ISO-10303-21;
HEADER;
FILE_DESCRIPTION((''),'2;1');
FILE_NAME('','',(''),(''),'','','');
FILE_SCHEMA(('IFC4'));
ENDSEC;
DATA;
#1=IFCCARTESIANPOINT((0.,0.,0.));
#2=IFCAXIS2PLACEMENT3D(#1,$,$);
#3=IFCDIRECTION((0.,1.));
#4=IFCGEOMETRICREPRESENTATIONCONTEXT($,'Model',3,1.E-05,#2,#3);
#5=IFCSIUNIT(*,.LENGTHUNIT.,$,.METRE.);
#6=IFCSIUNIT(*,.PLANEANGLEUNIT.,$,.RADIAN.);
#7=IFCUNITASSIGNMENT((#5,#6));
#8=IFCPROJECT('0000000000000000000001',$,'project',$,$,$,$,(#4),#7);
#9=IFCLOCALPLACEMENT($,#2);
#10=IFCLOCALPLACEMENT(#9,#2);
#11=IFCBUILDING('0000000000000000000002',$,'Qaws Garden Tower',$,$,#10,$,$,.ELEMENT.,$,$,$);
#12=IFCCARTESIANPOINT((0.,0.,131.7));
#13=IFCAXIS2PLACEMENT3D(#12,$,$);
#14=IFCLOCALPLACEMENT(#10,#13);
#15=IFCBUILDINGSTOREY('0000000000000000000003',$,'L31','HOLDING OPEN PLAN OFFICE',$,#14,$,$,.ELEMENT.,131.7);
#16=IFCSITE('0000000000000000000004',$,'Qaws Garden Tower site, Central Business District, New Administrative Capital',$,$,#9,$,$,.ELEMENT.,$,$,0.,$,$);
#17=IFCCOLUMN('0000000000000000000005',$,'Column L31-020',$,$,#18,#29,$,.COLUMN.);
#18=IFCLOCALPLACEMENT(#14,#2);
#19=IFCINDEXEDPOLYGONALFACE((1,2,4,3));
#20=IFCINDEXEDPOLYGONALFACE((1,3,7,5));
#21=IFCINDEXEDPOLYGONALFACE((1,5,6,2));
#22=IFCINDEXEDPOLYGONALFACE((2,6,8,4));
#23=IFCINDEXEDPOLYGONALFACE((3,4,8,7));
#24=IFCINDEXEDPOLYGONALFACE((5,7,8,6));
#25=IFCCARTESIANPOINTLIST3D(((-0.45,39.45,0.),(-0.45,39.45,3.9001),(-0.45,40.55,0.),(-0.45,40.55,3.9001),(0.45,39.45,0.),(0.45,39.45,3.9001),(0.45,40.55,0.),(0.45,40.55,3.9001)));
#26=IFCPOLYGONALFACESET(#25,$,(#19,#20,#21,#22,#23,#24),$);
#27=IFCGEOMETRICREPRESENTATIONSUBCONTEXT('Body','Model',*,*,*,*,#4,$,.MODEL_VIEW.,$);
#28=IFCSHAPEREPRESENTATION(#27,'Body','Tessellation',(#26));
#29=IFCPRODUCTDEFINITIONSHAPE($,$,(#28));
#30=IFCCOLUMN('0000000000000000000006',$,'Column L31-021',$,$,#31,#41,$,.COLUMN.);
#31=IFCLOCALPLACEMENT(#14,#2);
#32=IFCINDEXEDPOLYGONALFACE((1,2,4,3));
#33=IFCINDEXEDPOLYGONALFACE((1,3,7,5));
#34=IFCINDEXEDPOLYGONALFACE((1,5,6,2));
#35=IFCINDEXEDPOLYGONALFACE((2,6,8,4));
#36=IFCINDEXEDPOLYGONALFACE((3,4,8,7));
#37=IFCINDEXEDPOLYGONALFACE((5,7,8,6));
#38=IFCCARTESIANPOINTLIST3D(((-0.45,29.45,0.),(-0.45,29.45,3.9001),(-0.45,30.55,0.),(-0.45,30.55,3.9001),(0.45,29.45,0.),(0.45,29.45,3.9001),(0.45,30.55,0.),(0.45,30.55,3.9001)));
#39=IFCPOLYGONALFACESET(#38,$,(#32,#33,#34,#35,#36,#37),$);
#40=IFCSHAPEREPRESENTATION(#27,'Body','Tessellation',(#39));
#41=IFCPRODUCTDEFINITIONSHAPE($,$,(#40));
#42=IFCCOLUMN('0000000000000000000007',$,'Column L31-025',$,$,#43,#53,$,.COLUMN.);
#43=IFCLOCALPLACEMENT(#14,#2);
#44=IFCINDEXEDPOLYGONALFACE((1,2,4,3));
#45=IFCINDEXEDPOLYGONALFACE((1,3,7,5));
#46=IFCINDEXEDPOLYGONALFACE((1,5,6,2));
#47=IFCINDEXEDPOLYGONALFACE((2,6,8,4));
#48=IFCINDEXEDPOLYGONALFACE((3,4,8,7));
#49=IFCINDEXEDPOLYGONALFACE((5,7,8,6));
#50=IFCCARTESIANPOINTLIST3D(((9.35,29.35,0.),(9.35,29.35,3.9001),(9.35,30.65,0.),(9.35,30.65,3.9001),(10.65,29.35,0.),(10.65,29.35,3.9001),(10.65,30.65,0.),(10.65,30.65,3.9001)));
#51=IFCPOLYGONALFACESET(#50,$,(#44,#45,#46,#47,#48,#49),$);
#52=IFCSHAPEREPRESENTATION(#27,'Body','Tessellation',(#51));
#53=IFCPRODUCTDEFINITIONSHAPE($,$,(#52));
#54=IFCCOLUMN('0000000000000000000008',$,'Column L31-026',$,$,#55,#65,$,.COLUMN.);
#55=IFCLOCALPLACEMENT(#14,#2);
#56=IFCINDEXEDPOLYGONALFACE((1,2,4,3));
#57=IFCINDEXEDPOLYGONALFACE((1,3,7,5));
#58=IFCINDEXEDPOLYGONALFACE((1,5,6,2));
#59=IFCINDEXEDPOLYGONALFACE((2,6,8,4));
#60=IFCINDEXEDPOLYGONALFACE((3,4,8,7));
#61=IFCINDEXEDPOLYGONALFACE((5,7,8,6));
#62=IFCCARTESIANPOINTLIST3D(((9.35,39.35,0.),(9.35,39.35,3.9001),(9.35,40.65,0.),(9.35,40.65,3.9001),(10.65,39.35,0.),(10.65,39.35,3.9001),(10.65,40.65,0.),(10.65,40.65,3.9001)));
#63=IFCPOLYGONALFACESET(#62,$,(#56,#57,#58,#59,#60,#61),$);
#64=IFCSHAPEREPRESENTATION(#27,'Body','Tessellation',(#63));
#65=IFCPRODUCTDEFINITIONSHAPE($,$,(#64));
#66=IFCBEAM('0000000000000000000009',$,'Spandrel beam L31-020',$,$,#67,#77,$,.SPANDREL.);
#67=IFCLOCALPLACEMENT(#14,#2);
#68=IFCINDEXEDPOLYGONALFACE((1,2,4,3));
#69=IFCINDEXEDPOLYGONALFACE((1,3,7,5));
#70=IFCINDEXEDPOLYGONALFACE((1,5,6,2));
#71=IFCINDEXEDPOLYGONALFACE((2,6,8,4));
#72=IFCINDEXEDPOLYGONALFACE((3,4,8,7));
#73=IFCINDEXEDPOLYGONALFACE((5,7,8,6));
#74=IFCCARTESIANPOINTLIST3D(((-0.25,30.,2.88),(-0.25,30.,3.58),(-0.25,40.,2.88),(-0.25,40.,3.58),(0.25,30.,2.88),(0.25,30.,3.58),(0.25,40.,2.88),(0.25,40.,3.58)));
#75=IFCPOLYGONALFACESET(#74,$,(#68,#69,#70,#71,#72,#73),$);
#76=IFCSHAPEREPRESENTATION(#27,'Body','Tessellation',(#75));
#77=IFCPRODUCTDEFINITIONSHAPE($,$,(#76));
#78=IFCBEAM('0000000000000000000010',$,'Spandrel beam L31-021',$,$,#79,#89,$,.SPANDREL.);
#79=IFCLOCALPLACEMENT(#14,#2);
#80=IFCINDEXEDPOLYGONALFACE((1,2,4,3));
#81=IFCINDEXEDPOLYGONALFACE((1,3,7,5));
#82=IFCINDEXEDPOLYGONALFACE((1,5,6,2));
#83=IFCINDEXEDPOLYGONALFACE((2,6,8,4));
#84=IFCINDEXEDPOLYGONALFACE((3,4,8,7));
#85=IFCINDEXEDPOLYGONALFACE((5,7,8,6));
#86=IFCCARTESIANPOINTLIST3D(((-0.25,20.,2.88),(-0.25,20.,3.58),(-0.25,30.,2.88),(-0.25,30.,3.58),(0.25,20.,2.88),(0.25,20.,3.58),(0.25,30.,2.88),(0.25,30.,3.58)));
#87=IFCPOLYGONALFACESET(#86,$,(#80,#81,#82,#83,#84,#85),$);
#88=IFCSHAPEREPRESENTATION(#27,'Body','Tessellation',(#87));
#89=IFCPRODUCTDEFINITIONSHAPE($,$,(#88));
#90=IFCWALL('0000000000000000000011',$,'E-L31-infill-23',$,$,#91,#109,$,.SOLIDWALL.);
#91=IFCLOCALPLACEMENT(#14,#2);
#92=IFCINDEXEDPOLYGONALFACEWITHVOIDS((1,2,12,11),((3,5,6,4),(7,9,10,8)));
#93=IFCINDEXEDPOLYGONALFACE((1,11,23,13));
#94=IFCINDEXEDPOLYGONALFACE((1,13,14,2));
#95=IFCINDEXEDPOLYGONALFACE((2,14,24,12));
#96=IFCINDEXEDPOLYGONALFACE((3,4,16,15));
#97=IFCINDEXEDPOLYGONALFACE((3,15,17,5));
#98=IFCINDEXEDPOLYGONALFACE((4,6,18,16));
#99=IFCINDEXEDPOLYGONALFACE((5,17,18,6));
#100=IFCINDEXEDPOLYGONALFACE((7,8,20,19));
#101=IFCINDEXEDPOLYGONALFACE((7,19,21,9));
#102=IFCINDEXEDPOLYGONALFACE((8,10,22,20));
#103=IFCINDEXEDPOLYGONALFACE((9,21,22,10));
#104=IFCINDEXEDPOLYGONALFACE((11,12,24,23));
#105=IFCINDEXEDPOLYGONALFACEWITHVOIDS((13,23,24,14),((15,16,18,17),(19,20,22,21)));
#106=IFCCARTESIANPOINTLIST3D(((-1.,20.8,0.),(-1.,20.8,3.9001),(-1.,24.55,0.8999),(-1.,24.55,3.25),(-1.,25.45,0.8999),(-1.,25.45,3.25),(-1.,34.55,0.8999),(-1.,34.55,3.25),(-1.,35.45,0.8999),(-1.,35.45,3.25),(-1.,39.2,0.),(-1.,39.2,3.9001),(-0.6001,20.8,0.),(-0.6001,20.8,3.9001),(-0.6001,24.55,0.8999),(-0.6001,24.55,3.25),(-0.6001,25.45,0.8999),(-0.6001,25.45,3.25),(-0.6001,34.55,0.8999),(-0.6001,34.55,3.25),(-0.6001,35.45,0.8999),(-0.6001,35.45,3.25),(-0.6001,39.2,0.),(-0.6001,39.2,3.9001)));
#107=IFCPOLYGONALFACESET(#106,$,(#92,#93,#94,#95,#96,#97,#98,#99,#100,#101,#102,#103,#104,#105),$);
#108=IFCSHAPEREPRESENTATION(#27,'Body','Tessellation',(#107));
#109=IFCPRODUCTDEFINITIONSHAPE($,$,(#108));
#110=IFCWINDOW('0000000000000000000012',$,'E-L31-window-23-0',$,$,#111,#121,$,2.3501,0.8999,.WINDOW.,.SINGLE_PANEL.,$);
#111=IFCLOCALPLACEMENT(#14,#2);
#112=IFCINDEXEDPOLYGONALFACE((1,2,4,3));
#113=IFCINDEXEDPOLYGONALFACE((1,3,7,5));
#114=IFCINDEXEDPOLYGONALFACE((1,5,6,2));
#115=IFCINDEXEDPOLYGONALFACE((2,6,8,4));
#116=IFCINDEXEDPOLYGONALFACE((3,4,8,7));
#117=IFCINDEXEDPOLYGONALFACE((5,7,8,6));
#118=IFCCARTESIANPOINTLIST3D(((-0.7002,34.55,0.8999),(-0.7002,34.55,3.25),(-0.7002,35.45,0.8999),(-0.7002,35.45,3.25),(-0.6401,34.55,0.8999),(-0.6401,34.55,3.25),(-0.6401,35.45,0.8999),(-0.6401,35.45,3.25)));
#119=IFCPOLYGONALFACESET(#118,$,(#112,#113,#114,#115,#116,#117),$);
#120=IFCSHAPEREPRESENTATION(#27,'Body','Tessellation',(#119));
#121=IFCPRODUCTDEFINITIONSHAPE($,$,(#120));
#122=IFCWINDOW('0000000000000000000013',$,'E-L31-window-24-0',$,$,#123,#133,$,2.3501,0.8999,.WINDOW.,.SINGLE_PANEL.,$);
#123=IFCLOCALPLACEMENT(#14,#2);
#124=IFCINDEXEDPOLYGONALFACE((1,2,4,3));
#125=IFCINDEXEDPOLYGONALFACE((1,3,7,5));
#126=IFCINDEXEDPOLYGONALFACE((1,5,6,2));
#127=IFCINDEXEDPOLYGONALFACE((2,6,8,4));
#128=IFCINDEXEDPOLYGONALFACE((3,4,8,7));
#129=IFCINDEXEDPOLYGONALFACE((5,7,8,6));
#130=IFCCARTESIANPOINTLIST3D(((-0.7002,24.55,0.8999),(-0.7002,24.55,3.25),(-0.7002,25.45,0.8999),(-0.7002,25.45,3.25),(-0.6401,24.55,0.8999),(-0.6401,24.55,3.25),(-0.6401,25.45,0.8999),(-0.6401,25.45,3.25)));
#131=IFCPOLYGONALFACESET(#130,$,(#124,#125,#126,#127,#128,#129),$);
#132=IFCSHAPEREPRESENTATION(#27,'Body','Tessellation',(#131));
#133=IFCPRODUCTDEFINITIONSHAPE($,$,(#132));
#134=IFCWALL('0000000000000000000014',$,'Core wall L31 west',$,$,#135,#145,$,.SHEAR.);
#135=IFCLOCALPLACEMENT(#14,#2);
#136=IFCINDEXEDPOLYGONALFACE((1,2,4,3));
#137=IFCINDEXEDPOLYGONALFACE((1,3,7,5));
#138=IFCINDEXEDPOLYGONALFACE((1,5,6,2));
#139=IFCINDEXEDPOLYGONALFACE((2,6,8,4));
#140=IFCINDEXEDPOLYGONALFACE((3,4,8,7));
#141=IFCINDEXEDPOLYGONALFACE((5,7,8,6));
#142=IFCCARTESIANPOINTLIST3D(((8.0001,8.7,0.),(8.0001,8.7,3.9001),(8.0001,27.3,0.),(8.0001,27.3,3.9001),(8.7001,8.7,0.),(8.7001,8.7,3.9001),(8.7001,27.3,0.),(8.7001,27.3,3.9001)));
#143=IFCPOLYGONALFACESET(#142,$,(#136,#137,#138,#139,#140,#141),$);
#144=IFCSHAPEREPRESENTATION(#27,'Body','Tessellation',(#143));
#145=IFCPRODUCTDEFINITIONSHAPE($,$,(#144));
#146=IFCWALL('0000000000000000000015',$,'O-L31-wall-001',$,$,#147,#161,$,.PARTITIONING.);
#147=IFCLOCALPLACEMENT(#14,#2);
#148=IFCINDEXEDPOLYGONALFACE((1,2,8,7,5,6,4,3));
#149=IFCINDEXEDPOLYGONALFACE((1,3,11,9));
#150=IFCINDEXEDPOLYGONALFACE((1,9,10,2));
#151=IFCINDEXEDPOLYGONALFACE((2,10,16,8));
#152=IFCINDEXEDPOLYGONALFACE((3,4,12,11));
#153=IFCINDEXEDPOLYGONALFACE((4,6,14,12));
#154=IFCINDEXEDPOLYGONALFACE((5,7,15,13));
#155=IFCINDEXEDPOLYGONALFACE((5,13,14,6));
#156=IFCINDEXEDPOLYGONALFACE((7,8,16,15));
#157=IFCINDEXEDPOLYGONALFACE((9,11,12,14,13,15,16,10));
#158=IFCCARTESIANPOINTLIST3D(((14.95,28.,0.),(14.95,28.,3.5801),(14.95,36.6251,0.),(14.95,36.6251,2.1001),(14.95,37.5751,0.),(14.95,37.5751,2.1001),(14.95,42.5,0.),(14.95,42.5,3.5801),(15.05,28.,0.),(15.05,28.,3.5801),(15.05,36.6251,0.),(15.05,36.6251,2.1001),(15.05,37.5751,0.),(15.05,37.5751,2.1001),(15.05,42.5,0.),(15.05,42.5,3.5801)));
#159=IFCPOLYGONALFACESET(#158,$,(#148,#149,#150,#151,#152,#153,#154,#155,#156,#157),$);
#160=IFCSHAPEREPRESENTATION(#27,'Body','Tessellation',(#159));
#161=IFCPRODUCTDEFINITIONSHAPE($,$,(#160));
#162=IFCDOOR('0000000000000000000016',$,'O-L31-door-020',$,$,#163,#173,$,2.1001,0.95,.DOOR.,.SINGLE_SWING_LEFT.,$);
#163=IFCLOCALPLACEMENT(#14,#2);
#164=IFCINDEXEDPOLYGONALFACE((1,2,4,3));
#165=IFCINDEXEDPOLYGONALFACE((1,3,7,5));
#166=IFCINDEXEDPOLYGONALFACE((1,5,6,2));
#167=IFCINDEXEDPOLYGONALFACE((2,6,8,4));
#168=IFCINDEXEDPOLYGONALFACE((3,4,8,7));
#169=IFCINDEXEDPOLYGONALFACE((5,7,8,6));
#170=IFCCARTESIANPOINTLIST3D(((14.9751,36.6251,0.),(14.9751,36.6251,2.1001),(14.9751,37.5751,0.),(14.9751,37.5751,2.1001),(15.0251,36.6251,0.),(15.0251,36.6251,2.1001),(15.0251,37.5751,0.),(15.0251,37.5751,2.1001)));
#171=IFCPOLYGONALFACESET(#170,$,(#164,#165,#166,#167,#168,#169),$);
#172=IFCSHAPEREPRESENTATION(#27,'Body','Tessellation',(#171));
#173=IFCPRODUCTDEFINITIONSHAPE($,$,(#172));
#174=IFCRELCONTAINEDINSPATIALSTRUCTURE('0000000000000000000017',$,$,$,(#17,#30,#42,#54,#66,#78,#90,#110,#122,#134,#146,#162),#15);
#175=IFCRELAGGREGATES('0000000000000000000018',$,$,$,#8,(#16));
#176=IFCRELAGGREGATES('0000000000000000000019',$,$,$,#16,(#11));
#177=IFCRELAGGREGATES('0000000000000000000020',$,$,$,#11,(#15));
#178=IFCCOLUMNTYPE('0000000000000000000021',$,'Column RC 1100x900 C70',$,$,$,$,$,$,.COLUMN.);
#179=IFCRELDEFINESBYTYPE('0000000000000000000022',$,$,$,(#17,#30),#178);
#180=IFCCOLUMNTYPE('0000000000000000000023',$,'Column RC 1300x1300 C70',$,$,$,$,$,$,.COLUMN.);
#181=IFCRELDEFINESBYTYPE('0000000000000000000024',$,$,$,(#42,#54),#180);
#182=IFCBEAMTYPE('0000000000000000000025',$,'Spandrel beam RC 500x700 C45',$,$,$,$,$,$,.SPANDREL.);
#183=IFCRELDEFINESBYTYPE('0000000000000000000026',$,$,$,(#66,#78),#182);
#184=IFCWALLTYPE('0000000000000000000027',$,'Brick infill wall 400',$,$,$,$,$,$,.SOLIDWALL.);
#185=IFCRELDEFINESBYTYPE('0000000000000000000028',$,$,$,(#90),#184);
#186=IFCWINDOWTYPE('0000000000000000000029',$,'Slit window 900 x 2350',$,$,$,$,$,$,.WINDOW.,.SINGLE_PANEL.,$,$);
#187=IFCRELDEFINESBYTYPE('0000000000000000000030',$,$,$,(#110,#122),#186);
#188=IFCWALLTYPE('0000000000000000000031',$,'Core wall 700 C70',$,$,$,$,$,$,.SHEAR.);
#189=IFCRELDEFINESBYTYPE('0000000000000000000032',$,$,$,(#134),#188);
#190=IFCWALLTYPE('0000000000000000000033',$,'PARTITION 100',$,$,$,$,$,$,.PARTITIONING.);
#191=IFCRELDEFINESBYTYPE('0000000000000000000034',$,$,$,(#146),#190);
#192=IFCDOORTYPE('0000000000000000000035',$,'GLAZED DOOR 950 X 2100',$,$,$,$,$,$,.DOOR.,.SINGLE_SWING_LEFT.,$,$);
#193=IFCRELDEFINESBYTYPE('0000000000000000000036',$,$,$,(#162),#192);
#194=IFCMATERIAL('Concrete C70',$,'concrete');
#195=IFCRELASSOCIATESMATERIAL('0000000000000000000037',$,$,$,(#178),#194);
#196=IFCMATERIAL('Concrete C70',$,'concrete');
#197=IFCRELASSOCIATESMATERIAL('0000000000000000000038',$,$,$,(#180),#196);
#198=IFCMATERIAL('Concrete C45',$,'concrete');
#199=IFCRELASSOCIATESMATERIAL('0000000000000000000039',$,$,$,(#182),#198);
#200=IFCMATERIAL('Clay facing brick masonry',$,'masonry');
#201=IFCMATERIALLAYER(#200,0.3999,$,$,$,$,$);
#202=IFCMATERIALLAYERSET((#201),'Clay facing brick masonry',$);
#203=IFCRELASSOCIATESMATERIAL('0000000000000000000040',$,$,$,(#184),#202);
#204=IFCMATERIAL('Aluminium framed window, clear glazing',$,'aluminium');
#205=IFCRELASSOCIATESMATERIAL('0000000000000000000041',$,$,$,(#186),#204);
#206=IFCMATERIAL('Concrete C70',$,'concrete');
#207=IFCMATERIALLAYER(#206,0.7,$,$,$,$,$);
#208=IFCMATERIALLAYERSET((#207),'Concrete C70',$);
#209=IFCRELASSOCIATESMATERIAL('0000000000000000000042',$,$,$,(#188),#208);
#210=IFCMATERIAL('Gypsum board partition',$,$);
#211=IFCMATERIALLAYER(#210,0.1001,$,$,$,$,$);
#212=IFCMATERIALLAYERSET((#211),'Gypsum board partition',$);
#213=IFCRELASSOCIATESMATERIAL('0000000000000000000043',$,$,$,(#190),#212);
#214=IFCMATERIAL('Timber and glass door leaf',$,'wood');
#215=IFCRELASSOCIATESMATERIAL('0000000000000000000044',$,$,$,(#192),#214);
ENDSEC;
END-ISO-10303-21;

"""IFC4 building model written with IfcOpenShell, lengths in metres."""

from ifc_helpers import new_model, si_unit, direction, frame, frame_2d, origin, origin_2d, place, context, subcontext, project, spatial, rectangle, extrude, material, layer, layer_set, material_profile, profile_set, type_object, element, fill, save


model = new_model("IFC4")

# Units and contexts
model_context = context("Model", 3, precision=1e-05, world=origin(), true_north=direction((0.0, 1.0)))
body_context = subcontext(model_context, "Body", "Model", "MODEL_VIEW")
ifc_project = project(units=[si_unit("LENGTHUNIT", "METRE"), si_unit("PLANEANGLEUNIT", "RADIAN")], contexts=[model_context])

# Site, building, storey
site_placement = place(None, origin())
site = spatial("IfcSite", under=ifc_project, at=site_placement, Name="Qaws Garden Tower site, Central Business District, New Administrative Capital", CompositionType="ELEMENT", RefElevation=0.0)
building_placement = place(site_placement, origin())
building = spatial("IfcBuilding", under=site, at=building_placement, Name="Qaws Garden Tower", CompositionType="ELEMENT")
storey_placement = place(building_placement, frame((0.0, 0.0, 131.7)))
storey = spatial("IfcBuildingStorey", under=building, at=storey_placement, Name="L31", Description="HOLDING OPEN PLAN OFFICE", CompositionType="ELEMENT", Elevation=131.7)

# Columns
ifc_material_1 = material(Name="Concrete C70", Category="concrete")
ifc_material_profile_1 = material_profile(ifc_material_1, rectangle(XDim=1.1001, YDim=0.8999, at=origin_2d()), Name="RC 1100x900")
ifc_profile_set_1 = profile_set([ifc_material_profile_1], Name="Concrete C70")
column_type_1 = type_object("IfcColumnType", Name="Column RC 1100x900 C70", PredefinedType="COLUMN", material=ifc_profile_set_1)
for number, where, z_axis, x_axis, name in (
    (1, (0.0, 40.0, 0.0), (0.0, 0.0, 1.0), (0.0, 1.0, 0.0), "Column L31-020"),
    (2, (0.0, 30.0, 0.0), (0.0, 0.0, 1.0), (0.0, 1.0, 0.0), "Column L31-021"),
):
    element("IfcColumn", number, at=place(storey_placement, frame(where, z_axis=z_axis, x_axis=x_axis)), inside=storey, type_object=column_type_1, Name=name, PredefinedType="COLUMN", context=body_context, shape_type="SweptSolid", body=[
        extrude(rectangle(XDim=1.1001, YDim=0.8999, at=origin_2d()), origin(), (0.0, 0.0, 1.0), 3.9001),
    ])
ifc_material_2 = material(Name="Concrete C70", Category="concrete")
ifc_material_profile_2 = material_profile(ifc_material_2, rectangle(XDim=1.3, YDim=1.3, at=origin_2d()), Name="RC 1300x1300")
ifc_profile_set_2 = profile_set([ifc_material_profile_2], Name="Concrete C70")
column_type_2 = type_object("IfcColumnType", Name="Column RC 1300x1300 C70", PredefinedType="COLUMN", material=ifc_profile_set_2)
for number, where, z_axis, x_axis, name in (
    (3, (10.0, 30.0, 0.0), (0.0, 0.0, 1.0), (1.0, 0.0, 0.0), "Column L31-025"),
    (4, (10.0, 40.0, 0.0), (0.0, 0.0, 1.0), (1.0, 0.0, 0.0), "Column L31-026"),
):
    element("IfcColumn", number, at=place(storey_placement, frame(where, z_axis=z_axis, x_axis=x_axis)), inside=storey, type_object=column_type_2, Name=name, PredefinedType="COLUMN", context=body_context, shape_type="SweptSolid", body=[
        extrude(rectangle(XDim=1.3, YDim=1.3, at=origin_2d()), origin(), (0.0, 0.0, 1.0), 3.9001),
    ])

# Beams
ifc_material_3 = material(Name="Concrete C45", Category="concrete")
ifc_material_profile_3 = material_profile(ifc_material_3, rectangle(XDim=0.5, YDim=0.7, at=origin_2d()), Name="RC 500x700")
ifc_profile_set_3 = profile_set([ifc_material_profile_3], Name="Concrete C45")
beam_type = type_object("IfcBeamType", Name="Spandrel beam RC 500x700 C45", PredefinedType="SPANDREL", material=ifc_profile_set_3)
for number, where, z_axis, x_axis, name in (
    (5, (0.0, 40.0, 3.23), (0.0, -1.0, 0.0), (1.0, 0.0, 0.0), "Spandrel beam L31-020"),
    (6, (0.0, 30.0, 3.23), (0.0, -1.0, 0.0), (1.0, 0.0, 0.0), "Spandrel beam L31-021"),
):
    element("IfcBeam", number, at=place(storey_placement, frame(where, z_axis=z_axis, x_axis=x_axis)), inside=storey, type_object=beam_type, Name=name, PredefinedType="SPANDREL", context=body_context, shape_type="SweptSolid", body=[
        extrude(rectangle(XDim=0.5, YDim=0.7, at=origin_2d()), origin(), (0.0, 0.0, 1.0), 10.0),
    ])

# Wall, openings, windows
ifc_material_4 = material(Name="Clay facing brick masonry", Category="masonry")
ifc_layer_1 = layer(ifc_material_4, 0.3999)
ifc_layer_set_1 = layer_set([ifc_layer_1], Name="Clay facing brick masonry")
wall_type_1 = type_object("IfcWallType", Name="Brick infill wall 400", PredefinedType="SOLIDWALL", material=ifc_layer_set_1)
wall_1_placement = place(storey_placement, frame((-0.8, 39.2, 0.0), z_axis=(0.0, 0.0, 1.0), x_axis=(0.0, -1.0, 0.0)))
wall_1 = element("IfcWall", 7, at=wall_1_placement, inside=storey, type_object=wall_type_1, Name="E-L31-infill-23", PredefinedType="SOLIDWALL", context=body_context, shape_type="SweptSolid", body=[
    extrude(rectangle(XDim=18.3999, YDim=0.3999, at=frame_2d((9.2, 0.0))), origin(), (0.0, 0.0, 1.0), 3.9001),
])
opening_1_placement = place(wall_1_placement, frame((3.75, 0.0, 0.8999)))
opening_1 = element("IfcOpeningElement", 8, at=opening_1_placement, cuts=wall_1, PredefinedType="OPENING", context=body_context, shape_type="SweptSolid", body=[
    extrude(rectangle(XDim=0.8999, YDim=2.3501, at=frame_2d((0.45, 1.175))), frame((0.0, 0.21, 0.0), z_axis=(0.0, -1.0, 0.0), x_axis=(1.0, 0.0, 0.0)), (0.0, 0.0, 1.0), 0.4199),
])
opening_2_placement = place(wall_1_placement, frame((13.75, 0.0, 0.8999)))
opening_2 = element("IfcOpeningElement", 9, at=opening_2_placement, cuts=wall_1, PredefinedType="OPENING", context=body_context, shape_type="SweptSolid", body=[
    extrude(rectangle(XDim=0.8999, YDim=2.3501, at=frame_2d((0.45, 1.175))), frame((0.0, 0.21, 0.0), z_axis=(0.0, -1.0, 0.0), x_axis=(1.0, 0.0, 0.0)), (0.0, 0.0, 1.0), 0.4199),
])
ifc_material_5 = material(Name="Aluminium framed window, clear glazing", Category="aluminium")
window_type = type_object("IfcWindowType", Name="Slit window 900 x 2350", PartitioningType="SINGLE_PANEL", PredefinedType="WINDOW", material=ifc_material_5)
window_1_placement = place(opening_1_placement, origin())
window_1 = element("IfcWindow", 10, at=window_1_placement, inside=storey, type_object=window_type, Name="E-L31-window-23-0", OverallHeight=2.3501, OverallWidth=0.8999, PartitioningType="SINGLE_PANEL", PredefinedType="WINDOW", context=body_context, shape_type="SweptSolid", body=[
    extrude(rectangle(XDim=0.8999, YDim=2.3501, at=frame_2d((0.45, 1.175))), frame((0.0, 0.1599, 0.0), z_axis=(0.0, -1.0, 0.0), x_axis=(1.0, 0.0, 0.0)), (0.0, 0.0, 1.0), 0.0601),
])
fill(opening_1, window_1)
window_2_placement = place(opening_2_placement, origin())
window_2 = element("IfcWindow", 11, at=window_2_placement, inside=storey, type_object=window_type, Name="E-L31-window-24-0", OverallHeight=2.3501, OverallWidth=0.8999, PartitioningType="SINGLE_PANEL", PredefinedType="WINDOW", context=body_context, shape_type="SweptSolid", body=[
    extrude(rectangle(XDim=0.8999, YDim=2.3501, at=frame_2d((0.45, 1.175))), frame((0.0, 0.1599, 0.0), z_axis=(0.0, -1.0, 0.0), x_axis=(1.0, 0.0, 0.0)), (0.0, 0.0, 1.0), 0.0601),
])
fill(opening_2, window_2)

# Wall
ifc_material_6 = material(Name="Concrete C70", Category="concrete")
ifc_layer_2 = layer(ifc_material_6, 0.7)
ifc_layer_set_2 = layer_set([ifc_layer_2], Name="Concrete C70")
wall_type_2 = type_object("IfcWallType", Name="Core wall 700 C70", PredefinedType="SHEAR", material=ifc_layer_set_2)
wall_2_placement = place(storey_placement, frame((8.3501, 27.3, 0.0), z_axis=(0.0, 0.0, 1.0), x_axis=(0.0, -1.0, 0.0)))
element("IfcWall", 12, at=wall_2_placement, inside=storey, type_object=wall_type_2, Name="Core wall L31 west", PredefinedType="SHEAR", context=body_context, shape_type="SweptSolid", body=[
    extrude(rectangle(XDim=18.6001, YDim=0.7, at=frame_2d((9.3, 0.0))), origin(), (0.0, 0.0, 1.0), 3.9001),
])

# Wall, opening, door
ifc_material_7 = material(Name="Gypsum board partition")
ifc_layer_3 = layer(ifc_material_7, 0.1001)
ifc_layer_set_3 = layer_set([ifc_layer_3], Name="Gypsum board partition")
wall_type_3 = type_object("IfcWallType", Name="PARTITION 100", PredefinedType="PARTITIONING", material=ifc_layer_set_3)
wall_3_placement = place(storey_placement, frame((15.0, 28.0, 0.0), z_axis=(0.0, 0.0, 1.0), x_axis=(0.0, 1.0, 0.0)))
wall_3 = element("IfcWall", 13, at=wall_3_placement, inside=storey, type_object=wall_type_3, Name="O-L31-wall-001", PredefinedType="PARTITIONING", context=body_context, shape_type="SweptSolid", body=[
    extrude(rectangle(XDim=14.5, YDim=0.1001, at=frame_2d((7.25, 0.0))), origin(), (0.0, 0.0, 1.0), 3.5801),
])
opening_3_placement = place(wall_3_placement, frame((8.625, 0.0, 0.0)))
opening_3 = element("IfcOpeningElement", 14, at=opening_3_placement, cuts=wall_3, PredefinedType="OPENING", context=body_context, shape_type="SweptSolid", body=[
    extrude(rectangle(XDim=0.95, YDim=2.1001, at=frame_2d((0.4751, 1.05))), frame((0.0, 0.0601, 0.0), z_axis=(0.0, -1.0, 0.0), x_axis=(1.0, 0.0, 0.0)), (0.0, 0.0, 1.0), 0.1201),
])
ifc_material_8 = material(Name="Timber and glass door leaf", Category="wood")
door_type = type_object("IfcDoorType", Name="GLAZED DOOR 950 X 2100", OperationType="SINGLE_SWING_LEFT", PredefinedType="DOOR", material=ifc_material_8)
door_placement = place(opening_3_placement, origin())
door = element("IfcDoor", 15, at=door_placement, inside=storey, type_object=door_type, Name="O-L31-door-020", OperationType="SINGLE_SWING_LEFT", OverallHeight=2.1001, OverallWidth=0.95, PredefinedType="DOOR", context=body_context, shape_type="SweptSolid", body=[
    extrude(rectangle(XDim=0.95, YDim=2.1001, at=frame_2d((0.4751, 1.05))), frame((0.0, 0.0249, 0.0), z_axis=(0.0, -1.0, 0.0), x_axis=(1.0, 0.0, 0.0)), (0.0, 0.0, 1.0), 0.05),
])
fill(opening_3, door)

save(model, "model.ifc")
